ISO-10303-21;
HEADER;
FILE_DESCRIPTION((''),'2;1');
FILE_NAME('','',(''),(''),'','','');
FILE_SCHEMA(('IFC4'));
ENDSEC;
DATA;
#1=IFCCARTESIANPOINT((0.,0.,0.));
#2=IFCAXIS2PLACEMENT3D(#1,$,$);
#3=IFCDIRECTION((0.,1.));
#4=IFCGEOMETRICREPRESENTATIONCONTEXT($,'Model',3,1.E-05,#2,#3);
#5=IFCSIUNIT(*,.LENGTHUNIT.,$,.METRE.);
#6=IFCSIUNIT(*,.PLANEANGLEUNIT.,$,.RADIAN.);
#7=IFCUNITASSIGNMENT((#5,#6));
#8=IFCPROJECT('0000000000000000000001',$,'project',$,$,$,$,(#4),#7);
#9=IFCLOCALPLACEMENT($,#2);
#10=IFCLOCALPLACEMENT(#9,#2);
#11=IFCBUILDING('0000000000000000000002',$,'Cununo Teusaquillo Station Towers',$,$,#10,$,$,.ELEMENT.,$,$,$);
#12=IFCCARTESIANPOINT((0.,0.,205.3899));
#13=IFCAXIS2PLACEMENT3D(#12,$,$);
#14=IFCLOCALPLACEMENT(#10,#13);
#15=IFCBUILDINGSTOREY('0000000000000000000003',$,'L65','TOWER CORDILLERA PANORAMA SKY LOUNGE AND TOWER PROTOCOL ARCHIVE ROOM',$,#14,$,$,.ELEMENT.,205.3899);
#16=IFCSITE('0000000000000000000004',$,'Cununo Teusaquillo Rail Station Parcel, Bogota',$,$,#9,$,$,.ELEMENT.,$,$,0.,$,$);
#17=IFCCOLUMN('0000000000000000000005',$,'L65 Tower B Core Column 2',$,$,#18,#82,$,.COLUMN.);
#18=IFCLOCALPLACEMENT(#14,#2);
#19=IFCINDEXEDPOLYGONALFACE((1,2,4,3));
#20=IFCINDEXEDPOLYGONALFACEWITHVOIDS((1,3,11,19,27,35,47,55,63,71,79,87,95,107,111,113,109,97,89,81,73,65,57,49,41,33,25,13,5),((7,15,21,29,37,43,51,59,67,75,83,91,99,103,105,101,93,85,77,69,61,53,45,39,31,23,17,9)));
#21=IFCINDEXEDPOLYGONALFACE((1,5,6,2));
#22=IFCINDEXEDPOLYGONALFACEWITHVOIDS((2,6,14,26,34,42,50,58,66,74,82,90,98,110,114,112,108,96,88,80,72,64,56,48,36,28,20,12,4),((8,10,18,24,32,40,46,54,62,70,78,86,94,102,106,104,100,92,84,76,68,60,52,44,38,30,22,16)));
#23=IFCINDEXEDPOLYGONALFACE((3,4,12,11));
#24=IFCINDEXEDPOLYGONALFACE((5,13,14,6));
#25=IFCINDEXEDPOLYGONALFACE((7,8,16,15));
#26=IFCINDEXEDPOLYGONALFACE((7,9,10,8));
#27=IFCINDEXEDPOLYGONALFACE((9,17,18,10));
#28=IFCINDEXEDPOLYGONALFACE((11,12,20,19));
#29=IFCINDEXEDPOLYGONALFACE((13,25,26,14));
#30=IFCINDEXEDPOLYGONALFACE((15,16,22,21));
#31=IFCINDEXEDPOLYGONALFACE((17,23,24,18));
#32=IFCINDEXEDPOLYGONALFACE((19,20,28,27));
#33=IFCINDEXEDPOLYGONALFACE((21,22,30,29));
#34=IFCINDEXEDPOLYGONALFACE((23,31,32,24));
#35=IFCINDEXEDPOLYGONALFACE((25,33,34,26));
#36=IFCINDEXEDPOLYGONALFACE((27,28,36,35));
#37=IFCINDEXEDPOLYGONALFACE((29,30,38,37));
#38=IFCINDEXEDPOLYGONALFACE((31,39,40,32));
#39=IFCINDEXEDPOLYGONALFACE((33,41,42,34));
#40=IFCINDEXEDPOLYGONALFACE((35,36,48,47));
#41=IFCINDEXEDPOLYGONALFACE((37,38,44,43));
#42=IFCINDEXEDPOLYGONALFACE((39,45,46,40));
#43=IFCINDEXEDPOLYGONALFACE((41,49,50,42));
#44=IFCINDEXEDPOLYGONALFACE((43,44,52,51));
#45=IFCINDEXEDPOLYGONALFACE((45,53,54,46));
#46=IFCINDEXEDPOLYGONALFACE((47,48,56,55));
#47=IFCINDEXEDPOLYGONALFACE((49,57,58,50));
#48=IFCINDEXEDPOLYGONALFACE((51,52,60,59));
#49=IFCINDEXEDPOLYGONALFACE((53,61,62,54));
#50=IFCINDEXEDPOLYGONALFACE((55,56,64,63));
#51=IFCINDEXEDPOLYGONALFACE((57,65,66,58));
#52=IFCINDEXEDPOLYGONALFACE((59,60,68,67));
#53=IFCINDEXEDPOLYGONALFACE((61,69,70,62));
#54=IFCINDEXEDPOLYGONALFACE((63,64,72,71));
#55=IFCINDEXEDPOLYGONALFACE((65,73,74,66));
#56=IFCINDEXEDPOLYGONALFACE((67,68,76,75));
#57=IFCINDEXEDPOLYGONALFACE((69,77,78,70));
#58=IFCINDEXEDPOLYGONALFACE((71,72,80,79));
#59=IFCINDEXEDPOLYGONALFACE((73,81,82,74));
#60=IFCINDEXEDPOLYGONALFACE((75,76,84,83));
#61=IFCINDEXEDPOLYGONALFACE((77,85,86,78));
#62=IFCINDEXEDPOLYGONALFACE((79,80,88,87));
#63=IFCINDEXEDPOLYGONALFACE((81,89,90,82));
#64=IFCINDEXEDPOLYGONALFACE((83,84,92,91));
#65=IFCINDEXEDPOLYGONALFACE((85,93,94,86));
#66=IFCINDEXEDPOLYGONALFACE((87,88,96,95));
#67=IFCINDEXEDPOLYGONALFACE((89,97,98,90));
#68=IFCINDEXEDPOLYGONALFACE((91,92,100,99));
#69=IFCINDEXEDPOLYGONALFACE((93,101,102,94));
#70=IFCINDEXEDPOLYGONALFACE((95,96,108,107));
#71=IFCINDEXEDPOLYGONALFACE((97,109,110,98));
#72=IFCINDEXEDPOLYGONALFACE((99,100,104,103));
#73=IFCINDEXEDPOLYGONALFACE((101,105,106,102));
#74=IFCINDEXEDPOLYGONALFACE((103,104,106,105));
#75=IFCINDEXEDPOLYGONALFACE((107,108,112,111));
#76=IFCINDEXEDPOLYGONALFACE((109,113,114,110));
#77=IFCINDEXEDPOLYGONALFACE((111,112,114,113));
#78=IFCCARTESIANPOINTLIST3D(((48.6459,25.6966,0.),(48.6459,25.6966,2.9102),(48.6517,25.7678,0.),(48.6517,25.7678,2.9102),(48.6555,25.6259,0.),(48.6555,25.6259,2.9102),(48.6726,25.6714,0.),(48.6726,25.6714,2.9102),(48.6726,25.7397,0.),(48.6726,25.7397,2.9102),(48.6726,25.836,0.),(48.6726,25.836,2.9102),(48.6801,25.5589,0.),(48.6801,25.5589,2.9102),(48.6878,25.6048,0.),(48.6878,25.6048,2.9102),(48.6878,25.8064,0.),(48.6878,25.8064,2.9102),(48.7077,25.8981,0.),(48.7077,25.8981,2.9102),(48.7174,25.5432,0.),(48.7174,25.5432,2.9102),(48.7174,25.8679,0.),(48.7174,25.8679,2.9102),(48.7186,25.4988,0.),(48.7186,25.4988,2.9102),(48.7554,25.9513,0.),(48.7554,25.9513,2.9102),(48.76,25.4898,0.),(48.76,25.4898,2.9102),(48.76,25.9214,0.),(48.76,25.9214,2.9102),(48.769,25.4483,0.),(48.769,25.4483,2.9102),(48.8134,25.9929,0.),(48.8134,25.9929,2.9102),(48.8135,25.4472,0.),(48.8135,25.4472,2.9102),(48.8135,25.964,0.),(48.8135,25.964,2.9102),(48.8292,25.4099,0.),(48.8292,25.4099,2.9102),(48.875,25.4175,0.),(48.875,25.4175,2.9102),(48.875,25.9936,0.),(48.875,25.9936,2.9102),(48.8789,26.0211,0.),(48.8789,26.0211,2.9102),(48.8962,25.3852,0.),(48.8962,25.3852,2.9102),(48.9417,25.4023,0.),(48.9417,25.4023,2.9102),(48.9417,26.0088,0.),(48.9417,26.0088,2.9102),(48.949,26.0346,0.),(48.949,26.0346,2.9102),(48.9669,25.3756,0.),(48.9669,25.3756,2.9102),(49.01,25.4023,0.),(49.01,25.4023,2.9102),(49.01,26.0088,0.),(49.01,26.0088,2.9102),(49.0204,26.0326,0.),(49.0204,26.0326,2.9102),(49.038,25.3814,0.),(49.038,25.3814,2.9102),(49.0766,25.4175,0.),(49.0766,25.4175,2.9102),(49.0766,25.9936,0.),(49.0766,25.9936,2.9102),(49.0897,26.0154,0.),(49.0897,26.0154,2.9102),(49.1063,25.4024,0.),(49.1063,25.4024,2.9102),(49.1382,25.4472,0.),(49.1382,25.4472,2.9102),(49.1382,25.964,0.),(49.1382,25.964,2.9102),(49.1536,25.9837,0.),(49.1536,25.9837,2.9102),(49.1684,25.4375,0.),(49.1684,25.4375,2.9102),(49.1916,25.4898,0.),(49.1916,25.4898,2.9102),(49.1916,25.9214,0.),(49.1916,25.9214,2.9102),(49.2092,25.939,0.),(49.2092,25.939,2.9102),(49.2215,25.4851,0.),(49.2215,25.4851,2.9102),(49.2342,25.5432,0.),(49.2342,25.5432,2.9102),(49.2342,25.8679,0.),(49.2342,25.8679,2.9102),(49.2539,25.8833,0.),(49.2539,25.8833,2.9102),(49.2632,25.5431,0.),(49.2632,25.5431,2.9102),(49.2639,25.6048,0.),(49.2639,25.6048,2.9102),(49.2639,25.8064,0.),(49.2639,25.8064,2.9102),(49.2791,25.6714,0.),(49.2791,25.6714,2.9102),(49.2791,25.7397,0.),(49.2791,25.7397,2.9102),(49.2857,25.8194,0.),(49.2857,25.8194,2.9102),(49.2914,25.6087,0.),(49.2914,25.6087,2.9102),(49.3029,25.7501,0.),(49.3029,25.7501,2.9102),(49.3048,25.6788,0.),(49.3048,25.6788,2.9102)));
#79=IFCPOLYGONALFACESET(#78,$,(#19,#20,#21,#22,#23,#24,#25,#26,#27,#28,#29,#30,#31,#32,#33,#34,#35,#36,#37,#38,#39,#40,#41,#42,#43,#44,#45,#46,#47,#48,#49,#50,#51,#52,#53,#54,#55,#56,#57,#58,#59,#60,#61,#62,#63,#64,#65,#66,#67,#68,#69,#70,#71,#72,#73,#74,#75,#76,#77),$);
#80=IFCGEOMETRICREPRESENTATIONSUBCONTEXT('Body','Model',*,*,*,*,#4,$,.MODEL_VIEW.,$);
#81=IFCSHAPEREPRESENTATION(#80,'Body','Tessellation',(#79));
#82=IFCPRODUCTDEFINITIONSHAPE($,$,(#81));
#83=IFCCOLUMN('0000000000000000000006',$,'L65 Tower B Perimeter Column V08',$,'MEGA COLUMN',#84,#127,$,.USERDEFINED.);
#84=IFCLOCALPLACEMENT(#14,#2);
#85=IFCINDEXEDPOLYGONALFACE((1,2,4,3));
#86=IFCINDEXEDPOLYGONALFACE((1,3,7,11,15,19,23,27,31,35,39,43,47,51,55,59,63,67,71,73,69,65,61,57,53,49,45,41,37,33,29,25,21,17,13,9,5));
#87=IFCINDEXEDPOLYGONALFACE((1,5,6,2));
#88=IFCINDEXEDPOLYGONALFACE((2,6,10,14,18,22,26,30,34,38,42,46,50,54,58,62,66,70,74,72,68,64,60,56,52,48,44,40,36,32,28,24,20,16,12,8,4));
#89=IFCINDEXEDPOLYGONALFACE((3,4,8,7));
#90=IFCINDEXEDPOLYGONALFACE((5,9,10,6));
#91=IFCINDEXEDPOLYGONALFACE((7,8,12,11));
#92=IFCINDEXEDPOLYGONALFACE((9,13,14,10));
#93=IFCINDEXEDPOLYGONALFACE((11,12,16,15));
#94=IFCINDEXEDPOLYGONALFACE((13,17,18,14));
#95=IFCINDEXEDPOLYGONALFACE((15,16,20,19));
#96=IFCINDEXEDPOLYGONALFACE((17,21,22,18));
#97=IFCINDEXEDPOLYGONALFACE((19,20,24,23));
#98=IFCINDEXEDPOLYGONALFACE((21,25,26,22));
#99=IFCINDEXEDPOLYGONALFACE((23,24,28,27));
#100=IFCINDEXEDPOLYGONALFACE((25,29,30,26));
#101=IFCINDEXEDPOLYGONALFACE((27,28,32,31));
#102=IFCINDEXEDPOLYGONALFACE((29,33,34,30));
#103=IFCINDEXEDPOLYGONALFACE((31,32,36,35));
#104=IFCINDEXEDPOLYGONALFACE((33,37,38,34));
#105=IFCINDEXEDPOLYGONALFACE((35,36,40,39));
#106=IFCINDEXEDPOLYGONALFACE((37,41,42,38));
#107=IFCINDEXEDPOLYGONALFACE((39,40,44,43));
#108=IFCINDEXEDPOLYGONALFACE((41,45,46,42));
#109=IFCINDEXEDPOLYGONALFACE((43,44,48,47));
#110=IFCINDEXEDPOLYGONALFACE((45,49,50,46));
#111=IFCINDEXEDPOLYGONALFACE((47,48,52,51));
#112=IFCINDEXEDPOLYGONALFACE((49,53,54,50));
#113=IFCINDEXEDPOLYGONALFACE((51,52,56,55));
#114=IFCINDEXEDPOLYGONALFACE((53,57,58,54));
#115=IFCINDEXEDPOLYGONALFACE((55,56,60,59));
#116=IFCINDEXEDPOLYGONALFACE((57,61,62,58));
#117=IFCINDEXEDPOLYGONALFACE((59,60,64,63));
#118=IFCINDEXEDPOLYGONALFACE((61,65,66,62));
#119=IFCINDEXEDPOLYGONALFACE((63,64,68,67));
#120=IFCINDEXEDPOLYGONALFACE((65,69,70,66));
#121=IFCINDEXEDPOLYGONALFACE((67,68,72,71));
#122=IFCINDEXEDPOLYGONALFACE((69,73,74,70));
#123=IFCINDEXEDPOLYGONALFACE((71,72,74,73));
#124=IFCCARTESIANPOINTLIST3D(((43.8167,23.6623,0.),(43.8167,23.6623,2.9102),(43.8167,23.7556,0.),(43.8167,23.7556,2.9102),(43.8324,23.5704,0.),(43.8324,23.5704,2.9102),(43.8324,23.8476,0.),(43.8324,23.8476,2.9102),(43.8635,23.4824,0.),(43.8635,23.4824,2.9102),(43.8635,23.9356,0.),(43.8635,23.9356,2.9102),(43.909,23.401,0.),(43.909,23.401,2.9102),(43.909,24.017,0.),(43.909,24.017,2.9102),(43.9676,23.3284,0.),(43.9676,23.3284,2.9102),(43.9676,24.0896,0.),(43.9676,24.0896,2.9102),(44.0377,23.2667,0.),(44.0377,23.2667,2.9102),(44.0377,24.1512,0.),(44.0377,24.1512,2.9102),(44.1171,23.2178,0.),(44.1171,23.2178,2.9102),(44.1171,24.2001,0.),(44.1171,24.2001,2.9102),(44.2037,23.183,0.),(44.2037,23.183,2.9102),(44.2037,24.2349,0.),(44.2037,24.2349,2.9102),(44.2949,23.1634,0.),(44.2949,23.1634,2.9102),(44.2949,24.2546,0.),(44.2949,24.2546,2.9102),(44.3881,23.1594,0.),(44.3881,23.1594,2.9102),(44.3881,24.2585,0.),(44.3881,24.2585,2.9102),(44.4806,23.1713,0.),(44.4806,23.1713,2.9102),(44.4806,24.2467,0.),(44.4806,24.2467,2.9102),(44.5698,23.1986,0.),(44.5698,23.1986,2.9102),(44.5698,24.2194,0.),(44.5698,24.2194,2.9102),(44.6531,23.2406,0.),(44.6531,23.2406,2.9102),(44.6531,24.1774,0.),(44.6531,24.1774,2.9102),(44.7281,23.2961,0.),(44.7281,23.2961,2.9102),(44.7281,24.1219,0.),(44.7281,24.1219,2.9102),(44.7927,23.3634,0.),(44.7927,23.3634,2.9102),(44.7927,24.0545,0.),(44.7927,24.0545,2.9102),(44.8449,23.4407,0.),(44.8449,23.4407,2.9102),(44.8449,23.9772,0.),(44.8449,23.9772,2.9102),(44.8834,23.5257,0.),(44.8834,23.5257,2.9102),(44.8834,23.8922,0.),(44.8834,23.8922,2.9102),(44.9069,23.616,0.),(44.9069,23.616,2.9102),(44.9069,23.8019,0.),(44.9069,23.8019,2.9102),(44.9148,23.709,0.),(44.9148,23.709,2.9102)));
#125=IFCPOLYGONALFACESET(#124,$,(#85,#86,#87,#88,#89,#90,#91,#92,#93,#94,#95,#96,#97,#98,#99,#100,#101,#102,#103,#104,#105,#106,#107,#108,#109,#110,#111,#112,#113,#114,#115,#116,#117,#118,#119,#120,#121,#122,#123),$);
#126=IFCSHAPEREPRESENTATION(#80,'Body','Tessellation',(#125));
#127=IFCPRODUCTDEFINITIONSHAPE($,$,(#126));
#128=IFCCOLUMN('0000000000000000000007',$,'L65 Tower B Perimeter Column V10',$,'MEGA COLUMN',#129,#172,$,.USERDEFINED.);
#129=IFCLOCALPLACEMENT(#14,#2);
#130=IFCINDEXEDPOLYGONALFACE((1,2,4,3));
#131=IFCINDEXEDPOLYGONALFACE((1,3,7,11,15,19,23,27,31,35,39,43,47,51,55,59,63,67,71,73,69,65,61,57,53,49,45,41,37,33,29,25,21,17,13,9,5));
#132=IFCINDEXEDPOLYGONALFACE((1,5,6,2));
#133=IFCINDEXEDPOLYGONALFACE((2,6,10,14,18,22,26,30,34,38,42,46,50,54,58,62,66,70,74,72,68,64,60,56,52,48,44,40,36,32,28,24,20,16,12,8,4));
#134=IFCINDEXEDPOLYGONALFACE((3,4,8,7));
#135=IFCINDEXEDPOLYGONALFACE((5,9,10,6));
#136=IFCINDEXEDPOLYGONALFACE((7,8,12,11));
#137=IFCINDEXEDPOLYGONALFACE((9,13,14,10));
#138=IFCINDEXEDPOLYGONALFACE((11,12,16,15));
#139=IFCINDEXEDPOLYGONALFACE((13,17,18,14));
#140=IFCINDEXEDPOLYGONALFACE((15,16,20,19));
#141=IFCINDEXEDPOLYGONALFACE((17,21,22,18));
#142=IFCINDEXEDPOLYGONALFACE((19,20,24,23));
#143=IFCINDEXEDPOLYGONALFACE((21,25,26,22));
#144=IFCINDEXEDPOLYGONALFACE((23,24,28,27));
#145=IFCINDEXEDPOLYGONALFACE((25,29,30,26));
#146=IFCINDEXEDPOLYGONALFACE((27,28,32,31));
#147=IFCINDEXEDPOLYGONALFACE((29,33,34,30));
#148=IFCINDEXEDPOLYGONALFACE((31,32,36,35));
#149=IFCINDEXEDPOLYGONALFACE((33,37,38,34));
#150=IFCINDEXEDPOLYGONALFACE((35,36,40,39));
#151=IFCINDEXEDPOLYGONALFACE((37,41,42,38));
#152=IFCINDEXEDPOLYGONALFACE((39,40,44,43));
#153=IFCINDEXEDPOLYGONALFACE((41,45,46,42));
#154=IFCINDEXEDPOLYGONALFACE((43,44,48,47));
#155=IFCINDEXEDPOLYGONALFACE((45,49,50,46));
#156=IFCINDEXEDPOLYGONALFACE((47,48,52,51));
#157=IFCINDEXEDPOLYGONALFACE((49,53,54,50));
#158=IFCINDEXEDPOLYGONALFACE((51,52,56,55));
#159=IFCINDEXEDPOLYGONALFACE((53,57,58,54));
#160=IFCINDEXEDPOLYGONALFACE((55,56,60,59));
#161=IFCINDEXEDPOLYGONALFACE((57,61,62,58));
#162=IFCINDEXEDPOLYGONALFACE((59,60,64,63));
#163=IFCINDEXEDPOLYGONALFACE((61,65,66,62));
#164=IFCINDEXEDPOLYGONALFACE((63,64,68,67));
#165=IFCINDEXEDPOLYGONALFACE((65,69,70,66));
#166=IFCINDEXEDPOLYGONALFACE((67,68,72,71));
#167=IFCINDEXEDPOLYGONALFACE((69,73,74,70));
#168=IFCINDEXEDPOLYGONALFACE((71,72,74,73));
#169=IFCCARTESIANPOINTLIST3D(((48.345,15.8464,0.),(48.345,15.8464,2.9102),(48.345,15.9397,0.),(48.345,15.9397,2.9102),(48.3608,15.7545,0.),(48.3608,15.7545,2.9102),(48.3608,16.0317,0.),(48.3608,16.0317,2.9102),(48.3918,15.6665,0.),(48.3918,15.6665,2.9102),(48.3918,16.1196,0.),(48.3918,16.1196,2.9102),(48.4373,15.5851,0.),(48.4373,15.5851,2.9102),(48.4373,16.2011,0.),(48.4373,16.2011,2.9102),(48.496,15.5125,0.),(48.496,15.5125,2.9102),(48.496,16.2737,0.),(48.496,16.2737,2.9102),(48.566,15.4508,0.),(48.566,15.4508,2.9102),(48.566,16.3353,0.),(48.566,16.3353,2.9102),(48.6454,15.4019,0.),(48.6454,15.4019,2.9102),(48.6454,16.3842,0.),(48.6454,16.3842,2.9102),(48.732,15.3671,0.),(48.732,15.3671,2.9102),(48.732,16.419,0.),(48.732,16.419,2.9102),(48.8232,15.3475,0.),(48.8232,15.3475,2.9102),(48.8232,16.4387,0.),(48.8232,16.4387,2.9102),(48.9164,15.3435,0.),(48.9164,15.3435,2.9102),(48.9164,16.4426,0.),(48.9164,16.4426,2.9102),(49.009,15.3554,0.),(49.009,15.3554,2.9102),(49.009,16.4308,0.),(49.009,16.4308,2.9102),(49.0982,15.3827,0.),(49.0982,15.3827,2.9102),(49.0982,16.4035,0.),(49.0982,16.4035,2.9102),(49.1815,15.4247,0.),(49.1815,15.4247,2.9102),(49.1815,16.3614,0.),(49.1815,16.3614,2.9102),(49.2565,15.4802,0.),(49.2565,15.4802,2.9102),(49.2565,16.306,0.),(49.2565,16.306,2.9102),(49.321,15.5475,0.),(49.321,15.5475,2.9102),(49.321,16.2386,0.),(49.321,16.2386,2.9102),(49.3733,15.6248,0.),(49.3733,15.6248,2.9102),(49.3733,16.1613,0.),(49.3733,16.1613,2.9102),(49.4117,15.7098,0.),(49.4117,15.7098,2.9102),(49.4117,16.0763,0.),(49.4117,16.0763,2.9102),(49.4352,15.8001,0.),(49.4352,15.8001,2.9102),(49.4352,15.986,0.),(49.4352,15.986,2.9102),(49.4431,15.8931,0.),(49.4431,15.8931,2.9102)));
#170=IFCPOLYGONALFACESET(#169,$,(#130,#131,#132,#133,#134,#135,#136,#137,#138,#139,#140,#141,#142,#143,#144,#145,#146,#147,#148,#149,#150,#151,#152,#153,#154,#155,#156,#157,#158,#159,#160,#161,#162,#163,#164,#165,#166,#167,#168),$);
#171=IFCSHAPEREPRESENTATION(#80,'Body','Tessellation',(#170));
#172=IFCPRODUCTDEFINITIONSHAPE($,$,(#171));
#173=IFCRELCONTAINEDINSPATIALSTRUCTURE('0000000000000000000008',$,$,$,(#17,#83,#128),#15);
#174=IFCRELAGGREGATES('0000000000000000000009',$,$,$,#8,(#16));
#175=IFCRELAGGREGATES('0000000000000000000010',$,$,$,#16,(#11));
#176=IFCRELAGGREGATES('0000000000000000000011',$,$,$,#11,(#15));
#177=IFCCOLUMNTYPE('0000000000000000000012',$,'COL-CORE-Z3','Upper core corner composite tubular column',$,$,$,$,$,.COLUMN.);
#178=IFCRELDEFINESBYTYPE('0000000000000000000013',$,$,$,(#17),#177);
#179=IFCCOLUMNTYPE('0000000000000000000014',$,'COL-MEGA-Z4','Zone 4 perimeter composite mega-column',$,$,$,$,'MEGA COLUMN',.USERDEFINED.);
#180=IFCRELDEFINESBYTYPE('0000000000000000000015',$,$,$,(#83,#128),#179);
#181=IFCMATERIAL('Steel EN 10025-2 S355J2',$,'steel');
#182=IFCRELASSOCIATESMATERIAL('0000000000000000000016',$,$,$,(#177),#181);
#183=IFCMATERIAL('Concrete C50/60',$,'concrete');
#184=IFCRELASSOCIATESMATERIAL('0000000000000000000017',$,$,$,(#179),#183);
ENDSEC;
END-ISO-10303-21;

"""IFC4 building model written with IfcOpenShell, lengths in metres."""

from ifc_helpers import new_model, si_unit, direction, frame, origin, origin_2d, place, context, subcontext, project, spatial, circle, hollow_circle, extrude, material, material_profile, profile_set, type_object, element, save


model = new_model("IFC4")

# Units and contexts
model_context = context("Model", 3, precision=1e-05, world=origin(), true_north=direction((0.0, 1.0)))
body_context = subcontext(model_context, "Body", "Model", "MODEL_VIEW")
ifc_project = project(units=[si_unit("LENGTHUNIT", "METRE"), si_unit("PLANEANGLEUNIT", "RADIAN")], contexts=[model_context])

# Site, building, storey
site_placement = place(None, origin())
site = spatial("IfcSite", under=ifc_project, at=site_placement, Name="Cununo Teusaquillo Rail Station Parcel, Bogota", CompositionType="ELEMENT", RefElevation=0.0)
building_placement = place(site_placement, origin())
building = spatial("IfcBuilding", under=site, at=building_placement, Name="Cununo Teusaquillo Station Towers", CompositionType="ELEMENT")
storey_placement = place(building_placement, frame((0.0, 0.0, 205.3899)))
storey = spatial("IfcBuildingStorey", under=building, at=storey_placement, Name="L65", Description="TOWER CORDILLERA PANORAMA SKY LOUNGE AND TOWER PROTOCOL ARCHIVE ROOM", CompositionType="ELEMENT", Elevation=205.3899)

# Columns
ifc_material_1 = material(Name="Steel EN 10025-2 S355J2", Category="steel")
ifc_material_profile_1 = material_profile(ifc_material_1, hollow_circle(Radius=0.3301, WallThickness=0.0249, at=origin_2d()), Name="CHS 660x25")
ifc_profile_set_1 = profile_set([ifc_material_profile_1], Name="Steel EN 10025-2 S355J2")
column_type_1 = type_object("IfcColumnType", Name="COL-CORE-Z3", Description="Upper core corner composite tubular column", PredefinedType="COLUMN", material=ifc_profile_set_1)
column_placement = place(storey_placement, frame((48.9758, 25.7056, 0.0), z_axis=(0.0, 0.0, 1.0), x_axis=(0.707107, 0.707107, 0.0)))
element("IfcColumn", 1, at=column_placement, inside=storey, type_object=column_type_1, Name="L65 Tower B Core Column 2", PredefinedType="COLUMN", context=body_context, shape_type="SweptSolid", body=[
    extrude(hollow_circle(Radius=0.3301, WallThickness=0.0249, at=origin_2d()), origin(), (0.0, 0.0, 1.0), 2.9102),
])
ifc_material_2 = material(Name="Concrete C50/60", Category="concrete")
ifc_material_profile_2 = material_profile(ifc_material_2, circle(Radius=0.55, at=origin_2d()), Name="RC-CIRC-1100")
ifc_profile_set_2 = profile_set([ifc_material_profile_2], Name="Concrete C50/60")
column_type_2 = type_object("IfcColumnType", Name="COL-MEGA-Z4", Description="Zone 4 perimeter composite mega-column", ElementType="MEGA COLUMN", PredefinedType="USERDEFINED", material=ifc_profile_set_2)
for number, where, z_axis, x_axis, name in (
    (2, (44.3647, 23.709, 0.0), (0.0, 0.0, 1.0), (1.0, 0.0, 0.0), "L65 Tower B Perimeter Column V08"),
    (3, (48.8931, 15.8931, 0.0), (0.0, 0.0, 1.0), (1.0, 0.0, 0.0), "L65 Tower B Perimeter Column V10"),
):
    element("IfcColumn", number, at=place(storey_placement, frame(where, z_axis=z_axis, x_axis=x_axis)), inside=storey, type_object=column_type_2, Name=name, ObjectType="MEGA COLUMN", PredefinedType="USERDEFINED", context=body_context, shape_type="SweptSolid", body=[
        extrude(circle(Radius=0.55, at=origin_2d()), origin(), (0.0, 0.0, 1.0), 2.9102),
    ])

save(model, "model.ifc")
